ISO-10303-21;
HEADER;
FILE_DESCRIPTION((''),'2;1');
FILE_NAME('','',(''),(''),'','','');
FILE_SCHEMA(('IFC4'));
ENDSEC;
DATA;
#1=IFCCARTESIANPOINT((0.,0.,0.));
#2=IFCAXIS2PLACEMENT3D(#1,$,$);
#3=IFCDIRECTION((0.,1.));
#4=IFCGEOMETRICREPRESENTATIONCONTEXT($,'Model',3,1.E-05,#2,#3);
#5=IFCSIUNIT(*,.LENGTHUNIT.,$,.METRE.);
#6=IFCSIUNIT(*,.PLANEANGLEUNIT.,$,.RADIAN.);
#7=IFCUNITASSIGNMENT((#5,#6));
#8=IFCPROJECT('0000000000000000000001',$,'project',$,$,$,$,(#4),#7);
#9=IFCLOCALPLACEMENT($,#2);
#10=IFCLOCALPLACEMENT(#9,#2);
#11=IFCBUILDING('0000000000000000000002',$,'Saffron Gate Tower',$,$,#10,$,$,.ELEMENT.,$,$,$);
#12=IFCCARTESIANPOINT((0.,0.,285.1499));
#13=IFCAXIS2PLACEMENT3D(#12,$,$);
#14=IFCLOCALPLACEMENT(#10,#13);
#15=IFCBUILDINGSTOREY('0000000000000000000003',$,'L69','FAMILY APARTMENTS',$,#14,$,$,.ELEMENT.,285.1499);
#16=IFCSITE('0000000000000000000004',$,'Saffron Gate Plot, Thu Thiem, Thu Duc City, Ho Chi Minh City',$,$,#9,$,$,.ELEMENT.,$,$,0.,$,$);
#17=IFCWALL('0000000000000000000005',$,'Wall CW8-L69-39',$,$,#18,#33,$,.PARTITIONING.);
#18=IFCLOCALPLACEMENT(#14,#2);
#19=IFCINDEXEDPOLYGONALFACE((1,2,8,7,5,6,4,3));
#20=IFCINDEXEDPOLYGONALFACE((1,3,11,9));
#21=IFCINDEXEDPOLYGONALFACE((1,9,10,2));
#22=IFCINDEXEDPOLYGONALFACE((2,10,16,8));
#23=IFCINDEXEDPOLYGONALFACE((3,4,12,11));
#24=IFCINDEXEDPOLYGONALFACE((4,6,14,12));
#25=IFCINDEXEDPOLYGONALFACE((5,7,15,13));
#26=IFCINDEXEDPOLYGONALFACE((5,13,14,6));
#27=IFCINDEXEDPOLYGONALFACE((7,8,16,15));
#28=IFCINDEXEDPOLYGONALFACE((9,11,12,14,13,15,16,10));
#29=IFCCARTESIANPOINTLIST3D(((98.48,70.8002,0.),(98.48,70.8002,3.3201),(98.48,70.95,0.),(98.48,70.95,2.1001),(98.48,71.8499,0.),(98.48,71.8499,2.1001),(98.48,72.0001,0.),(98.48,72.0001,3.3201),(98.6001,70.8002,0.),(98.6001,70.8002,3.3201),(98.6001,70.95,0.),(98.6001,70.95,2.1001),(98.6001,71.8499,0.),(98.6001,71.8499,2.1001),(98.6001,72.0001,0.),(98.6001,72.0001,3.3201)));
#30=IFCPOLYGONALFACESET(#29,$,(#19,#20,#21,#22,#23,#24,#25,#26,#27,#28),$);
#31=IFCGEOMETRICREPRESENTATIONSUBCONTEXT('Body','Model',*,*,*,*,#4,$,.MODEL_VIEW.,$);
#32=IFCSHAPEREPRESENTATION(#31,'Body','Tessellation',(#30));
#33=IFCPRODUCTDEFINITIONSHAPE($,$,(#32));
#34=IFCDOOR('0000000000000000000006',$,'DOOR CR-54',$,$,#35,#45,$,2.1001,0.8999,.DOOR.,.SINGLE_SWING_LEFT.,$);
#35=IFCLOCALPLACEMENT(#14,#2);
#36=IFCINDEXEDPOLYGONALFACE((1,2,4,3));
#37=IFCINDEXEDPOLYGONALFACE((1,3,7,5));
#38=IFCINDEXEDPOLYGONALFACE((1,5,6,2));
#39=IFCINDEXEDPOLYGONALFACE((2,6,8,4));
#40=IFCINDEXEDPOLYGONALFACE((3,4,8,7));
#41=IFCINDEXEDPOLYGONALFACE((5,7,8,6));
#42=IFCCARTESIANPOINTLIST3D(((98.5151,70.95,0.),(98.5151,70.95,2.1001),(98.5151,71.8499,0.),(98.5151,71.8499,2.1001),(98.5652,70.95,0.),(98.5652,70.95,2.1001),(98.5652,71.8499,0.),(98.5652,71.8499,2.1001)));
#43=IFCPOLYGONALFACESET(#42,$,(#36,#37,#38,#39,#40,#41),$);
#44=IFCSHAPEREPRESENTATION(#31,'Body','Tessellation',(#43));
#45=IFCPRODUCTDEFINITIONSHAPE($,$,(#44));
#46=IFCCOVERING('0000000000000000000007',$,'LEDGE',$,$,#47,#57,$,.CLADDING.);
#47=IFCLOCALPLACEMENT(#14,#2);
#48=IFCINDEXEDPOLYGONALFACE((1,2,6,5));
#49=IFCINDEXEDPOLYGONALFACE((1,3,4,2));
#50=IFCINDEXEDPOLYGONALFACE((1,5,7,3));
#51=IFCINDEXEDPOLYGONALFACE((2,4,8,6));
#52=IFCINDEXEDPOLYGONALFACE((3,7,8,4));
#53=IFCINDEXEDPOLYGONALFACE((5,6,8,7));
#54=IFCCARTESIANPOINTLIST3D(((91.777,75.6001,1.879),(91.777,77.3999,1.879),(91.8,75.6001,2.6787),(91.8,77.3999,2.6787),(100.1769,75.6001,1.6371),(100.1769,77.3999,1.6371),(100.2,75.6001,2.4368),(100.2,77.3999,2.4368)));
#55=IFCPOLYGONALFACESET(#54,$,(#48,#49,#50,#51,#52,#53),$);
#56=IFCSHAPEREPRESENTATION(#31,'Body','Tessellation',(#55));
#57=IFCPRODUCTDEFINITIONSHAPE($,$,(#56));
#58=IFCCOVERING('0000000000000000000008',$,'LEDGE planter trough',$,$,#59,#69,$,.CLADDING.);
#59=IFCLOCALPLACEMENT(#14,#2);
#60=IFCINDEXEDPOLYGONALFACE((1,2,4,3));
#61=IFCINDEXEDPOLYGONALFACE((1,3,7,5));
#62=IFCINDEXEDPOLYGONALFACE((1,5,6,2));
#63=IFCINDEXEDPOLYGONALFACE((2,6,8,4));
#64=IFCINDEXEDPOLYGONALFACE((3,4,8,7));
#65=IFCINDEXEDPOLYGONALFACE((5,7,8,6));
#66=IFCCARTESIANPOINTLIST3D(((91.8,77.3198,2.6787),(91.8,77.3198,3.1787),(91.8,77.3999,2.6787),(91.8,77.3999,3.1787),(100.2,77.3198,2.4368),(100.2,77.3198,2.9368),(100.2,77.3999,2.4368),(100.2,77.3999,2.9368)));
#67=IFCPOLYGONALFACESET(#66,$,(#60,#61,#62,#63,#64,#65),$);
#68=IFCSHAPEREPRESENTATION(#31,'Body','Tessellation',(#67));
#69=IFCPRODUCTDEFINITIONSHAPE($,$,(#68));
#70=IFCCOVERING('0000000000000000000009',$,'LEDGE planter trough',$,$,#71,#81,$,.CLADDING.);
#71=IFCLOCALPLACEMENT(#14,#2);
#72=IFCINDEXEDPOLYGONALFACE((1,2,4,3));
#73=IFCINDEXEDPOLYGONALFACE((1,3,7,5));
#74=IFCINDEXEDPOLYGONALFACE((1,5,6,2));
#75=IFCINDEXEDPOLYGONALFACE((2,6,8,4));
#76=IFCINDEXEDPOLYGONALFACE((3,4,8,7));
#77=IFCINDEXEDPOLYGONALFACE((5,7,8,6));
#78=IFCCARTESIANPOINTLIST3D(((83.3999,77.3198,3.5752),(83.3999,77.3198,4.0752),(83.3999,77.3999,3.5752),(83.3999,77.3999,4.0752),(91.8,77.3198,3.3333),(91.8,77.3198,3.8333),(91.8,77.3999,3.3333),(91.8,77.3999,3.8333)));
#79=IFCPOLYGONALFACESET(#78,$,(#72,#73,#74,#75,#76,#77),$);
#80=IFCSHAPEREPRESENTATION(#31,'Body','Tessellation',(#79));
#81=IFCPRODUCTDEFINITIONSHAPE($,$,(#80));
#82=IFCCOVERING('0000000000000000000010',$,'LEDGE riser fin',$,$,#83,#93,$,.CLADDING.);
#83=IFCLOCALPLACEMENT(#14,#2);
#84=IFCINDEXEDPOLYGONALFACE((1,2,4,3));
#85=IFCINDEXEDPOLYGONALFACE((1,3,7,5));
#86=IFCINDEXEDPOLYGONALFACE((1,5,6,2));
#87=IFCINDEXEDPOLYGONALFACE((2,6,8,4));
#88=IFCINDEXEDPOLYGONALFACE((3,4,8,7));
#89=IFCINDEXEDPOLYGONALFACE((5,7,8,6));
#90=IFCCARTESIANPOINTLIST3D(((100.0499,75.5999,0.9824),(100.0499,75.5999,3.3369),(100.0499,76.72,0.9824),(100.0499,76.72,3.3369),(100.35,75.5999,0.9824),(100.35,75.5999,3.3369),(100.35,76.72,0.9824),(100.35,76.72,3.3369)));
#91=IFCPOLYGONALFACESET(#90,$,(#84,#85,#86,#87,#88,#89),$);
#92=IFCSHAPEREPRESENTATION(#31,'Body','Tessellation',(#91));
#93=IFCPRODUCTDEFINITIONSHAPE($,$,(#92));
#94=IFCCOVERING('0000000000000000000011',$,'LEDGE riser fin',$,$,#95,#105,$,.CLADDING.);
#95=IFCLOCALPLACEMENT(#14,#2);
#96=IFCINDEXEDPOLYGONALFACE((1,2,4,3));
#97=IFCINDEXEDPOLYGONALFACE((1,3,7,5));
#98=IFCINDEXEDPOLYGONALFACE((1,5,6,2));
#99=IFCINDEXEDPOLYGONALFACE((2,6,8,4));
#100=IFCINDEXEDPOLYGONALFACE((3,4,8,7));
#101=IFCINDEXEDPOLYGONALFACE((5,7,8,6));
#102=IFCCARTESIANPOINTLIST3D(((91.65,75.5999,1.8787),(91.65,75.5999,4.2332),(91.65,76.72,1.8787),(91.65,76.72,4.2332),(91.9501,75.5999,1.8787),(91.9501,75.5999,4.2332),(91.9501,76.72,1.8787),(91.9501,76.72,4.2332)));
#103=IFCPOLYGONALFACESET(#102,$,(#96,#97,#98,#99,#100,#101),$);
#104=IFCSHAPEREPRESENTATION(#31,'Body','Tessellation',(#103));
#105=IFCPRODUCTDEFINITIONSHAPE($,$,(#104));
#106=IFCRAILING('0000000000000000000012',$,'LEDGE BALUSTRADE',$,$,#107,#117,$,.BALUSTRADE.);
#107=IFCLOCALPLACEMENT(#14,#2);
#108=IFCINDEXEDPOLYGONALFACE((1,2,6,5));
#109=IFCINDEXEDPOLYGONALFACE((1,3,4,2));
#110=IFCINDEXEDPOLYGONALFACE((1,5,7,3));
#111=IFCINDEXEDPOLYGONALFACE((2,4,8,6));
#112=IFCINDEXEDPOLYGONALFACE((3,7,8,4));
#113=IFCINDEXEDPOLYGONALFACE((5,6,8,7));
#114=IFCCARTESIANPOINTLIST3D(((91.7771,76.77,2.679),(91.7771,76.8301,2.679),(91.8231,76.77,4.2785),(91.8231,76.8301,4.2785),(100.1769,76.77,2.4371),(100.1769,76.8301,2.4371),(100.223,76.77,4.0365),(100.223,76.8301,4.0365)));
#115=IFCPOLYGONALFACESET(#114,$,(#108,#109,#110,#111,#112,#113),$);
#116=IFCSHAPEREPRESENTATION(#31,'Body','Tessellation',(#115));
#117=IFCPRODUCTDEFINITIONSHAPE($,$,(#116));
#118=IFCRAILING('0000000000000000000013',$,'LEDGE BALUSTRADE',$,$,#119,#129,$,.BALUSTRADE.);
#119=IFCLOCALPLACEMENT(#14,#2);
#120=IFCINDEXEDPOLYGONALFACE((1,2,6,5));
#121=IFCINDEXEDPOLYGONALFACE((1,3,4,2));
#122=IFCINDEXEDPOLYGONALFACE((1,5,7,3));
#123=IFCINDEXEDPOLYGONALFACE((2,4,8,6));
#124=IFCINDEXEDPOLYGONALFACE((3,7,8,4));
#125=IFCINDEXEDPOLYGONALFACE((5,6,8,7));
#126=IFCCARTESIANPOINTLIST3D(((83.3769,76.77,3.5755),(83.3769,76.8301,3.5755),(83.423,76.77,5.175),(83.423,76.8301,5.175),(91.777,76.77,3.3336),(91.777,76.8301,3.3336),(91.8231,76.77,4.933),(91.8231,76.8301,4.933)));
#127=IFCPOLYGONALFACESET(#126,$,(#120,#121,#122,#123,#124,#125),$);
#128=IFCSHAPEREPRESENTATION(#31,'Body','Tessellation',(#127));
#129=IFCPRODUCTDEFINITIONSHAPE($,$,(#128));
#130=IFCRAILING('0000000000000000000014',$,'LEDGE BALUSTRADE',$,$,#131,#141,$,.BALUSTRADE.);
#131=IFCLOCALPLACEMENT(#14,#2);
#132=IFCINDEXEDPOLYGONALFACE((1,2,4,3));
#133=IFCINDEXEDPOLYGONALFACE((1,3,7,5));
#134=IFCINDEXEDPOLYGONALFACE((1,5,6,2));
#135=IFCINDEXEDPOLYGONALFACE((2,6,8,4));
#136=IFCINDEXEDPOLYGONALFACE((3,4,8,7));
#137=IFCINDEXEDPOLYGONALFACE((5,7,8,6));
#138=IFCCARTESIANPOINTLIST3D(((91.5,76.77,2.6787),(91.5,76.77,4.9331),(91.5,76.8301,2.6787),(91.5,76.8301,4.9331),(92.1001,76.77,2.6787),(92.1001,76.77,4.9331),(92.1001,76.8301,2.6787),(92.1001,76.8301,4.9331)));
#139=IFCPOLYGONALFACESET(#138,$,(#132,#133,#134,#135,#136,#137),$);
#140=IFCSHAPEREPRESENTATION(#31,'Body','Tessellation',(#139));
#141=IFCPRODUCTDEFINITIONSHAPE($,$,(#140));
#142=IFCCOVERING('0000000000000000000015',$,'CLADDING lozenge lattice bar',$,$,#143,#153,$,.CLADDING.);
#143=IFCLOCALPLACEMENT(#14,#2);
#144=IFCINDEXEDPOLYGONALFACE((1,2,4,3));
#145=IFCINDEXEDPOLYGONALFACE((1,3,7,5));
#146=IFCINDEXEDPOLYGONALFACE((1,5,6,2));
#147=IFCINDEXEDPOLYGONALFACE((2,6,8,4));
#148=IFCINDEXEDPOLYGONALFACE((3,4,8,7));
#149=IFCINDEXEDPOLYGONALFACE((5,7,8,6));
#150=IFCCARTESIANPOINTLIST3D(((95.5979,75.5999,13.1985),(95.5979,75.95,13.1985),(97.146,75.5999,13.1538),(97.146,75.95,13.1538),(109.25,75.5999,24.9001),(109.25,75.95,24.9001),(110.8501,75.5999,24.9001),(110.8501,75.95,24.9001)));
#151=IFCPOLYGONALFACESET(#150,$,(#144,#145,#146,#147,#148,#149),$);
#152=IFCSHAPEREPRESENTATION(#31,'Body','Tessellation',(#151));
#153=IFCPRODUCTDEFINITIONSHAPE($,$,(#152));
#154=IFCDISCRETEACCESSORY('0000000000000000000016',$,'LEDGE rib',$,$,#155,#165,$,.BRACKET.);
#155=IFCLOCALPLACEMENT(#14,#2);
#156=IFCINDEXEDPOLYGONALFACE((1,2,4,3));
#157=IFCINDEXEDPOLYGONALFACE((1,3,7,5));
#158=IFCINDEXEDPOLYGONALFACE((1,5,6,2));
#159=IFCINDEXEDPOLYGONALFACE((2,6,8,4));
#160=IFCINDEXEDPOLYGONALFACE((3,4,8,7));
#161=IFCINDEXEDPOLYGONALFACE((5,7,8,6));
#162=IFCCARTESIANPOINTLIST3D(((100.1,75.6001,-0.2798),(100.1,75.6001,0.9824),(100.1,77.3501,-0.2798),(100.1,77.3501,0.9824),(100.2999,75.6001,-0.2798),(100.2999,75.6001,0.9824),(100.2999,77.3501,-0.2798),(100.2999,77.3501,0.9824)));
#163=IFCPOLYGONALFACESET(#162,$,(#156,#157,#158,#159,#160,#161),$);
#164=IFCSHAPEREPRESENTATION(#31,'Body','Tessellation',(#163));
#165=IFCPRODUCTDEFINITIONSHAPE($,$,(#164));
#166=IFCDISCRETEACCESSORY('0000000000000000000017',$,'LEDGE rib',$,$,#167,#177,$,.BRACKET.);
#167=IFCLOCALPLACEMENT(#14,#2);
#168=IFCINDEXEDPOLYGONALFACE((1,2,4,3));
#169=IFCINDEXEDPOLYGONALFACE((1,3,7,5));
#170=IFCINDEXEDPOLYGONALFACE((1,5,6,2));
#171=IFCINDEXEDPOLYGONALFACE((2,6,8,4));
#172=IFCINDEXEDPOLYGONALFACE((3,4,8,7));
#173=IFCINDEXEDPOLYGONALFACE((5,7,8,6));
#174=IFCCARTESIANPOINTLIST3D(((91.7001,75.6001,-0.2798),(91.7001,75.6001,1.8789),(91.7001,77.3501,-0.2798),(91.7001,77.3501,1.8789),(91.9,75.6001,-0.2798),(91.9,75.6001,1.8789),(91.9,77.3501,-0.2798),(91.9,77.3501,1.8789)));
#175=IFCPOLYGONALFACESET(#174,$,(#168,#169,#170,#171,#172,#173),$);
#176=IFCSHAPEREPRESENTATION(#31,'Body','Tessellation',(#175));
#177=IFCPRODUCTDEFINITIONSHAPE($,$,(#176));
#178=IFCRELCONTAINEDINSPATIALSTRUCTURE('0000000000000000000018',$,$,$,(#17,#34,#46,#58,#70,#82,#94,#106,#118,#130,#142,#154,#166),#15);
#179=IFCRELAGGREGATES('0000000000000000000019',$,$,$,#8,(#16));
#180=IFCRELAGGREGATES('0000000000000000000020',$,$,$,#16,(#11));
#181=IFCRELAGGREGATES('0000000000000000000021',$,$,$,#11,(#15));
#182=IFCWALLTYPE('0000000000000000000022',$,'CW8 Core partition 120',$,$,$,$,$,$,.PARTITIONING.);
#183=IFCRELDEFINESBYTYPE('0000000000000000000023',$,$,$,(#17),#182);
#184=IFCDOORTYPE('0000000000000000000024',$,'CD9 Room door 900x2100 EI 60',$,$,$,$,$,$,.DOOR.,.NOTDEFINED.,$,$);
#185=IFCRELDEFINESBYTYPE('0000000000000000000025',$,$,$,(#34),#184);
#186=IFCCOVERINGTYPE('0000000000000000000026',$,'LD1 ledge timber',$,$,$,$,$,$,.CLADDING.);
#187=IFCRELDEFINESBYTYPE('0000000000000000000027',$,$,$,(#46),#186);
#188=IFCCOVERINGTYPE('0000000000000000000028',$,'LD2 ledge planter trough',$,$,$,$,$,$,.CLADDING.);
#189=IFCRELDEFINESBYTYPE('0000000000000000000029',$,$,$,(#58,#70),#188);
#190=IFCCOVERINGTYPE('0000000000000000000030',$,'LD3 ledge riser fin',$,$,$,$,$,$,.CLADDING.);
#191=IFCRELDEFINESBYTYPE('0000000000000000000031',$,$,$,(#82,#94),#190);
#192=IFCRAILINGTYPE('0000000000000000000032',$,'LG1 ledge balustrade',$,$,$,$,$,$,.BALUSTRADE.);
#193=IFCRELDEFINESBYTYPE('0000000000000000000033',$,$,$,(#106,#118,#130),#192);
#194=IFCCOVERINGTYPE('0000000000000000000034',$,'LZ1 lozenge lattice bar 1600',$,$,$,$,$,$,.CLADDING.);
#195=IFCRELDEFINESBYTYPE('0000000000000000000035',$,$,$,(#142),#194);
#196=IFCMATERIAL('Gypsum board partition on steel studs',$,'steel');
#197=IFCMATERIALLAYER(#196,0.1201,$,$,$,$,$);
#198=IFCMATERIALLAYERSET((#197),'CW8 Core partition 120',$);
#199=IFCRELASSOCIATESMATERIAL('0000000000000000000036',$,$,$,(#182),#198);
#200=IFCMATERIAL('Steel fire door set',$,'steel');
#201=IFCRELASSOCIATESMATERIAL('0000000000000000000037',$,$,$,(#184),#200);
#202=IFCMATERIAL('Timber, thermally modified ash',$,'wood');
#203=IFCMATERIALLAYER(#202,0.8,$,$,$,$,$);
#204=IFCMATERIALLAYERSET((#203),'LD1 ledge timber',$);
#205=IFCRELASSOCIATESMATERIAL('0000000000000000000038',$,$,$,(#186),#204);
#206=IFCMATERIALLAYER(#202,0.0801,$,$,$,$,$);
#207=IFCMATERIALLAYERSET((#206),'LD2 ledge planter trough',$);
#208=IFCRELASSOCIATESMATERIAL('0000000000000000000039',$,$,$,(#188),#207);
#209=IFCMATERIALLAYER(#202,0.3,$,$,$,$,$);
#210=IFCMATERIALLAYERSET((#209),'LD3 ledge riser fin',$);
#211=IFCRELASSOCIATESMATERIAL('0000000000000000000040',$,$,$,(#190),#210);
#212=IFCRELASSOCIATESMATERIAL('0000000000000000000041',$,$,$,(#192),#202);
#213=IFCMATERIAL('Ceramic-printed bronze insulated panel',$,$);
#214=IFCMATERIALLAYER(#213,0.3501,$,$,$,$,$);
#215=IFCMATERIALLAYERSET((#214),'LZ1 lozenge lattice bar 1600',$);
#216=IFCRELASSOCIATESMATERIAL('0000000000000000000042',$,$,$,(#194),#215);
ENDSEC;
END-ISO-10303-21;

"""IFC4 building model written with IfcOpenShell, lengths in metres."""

from ifc_helpers import new_model, si_unit, direction, frame, frame_2d, origin, origin_2d, place, context, subcontext, project, spatial, polyline, rectangle, outline, extrude, material, layer, layer_set, type_object, element, fill, save


model = new_model("IFC4")

# Units and contexts
model_context = context("Model", 3, precision=1e-05, world=origin(), true_north=direction((0.0, 1.0)))
body_context = subcontext(model_context, "Body", "Model", "MODEL_VIEW")
ifc_project = project(units=[si_unit("LENGTHUNIT", "METRE"), si_unit("PLANEANGLEUNIT", "RADIAN")], contexts=[model_context])

# Site, building, storey
site_placement = place(None, origin())
site = spatial("IfcSite", under=ifc_project, at=site_placement, Name="Saffron Gate Plot, Thu Thiem, Thu Duc City, Ho Chi Minh City", CompositionType="ELEMENT", RefElevation=0.0)
building_placement = place(site_placement, origin())
building = spatial("IfcBuilding", under=site, at=building_placement, Name="Saffron Gate Tower", CompositionType="ELEMENT")
storey_placement = place(building_placement, frame((0.0, 0.0, 285.1499)))
storey = spatial("IfcBuildingStorey", under=building, at=storey_placement, Name="L69", Description="FAMILY APARTMENTS", CompositionType="ELEMENT", Elevation=285.1499)

# Shared definitions
ifc_material_1 = material(Name="Steel fire door set", Category="steel")

# Wall, opening, door
ifc_material_2 = material(Name="Gypsum board partition on steel studs", Category="steel")
ifc_layer_1 = layer(ifc_material_2, 0.1201)
ifc_layer_set_1 = layer_set([ifc_layer_1], Name="CW8 Core partition 120")
wall_type_1 = type_object("IfcWallType", Name="CW8 Core partition 120", PredefinedType="PARTITIONING", material=ifc_layer_set_1)
wall_1_placement = place(storey_placement, frame((98.54, 70.8, 0.0), z_axis=(0.0, 0.0, 1.0), x_axis=(0.0, 1.0, 0.0)))
wall_1 = element("IfcWall", 1, at=wall_1_placement, inside=storey, type_object=wall_type_1, Name="Wall CW8-L69-39", PredefinedType="PARTITIONING", context=body_context, shape_type="SweptSolid", body=[
    extrude(rectangle(XDim=1.2, YDim=0.1201, at=frame_2d((0.6001, 0.0))), origin(), (0.0, 0.0, 1.0), 3.3201),
])
opening_1_placement = place(wall_1_placement, frame((0.1499, 0.0, 0.0)))
opening_1 = element("IfcOpeningElement", 2, at=opening_1_placement, cuts=wall_1, PredefinedType="OPENING", context=body_context, shape_type="SweptSolid", body=[
    extrude(rectangle(XDim=0.8999, YDim=2.1001, at=frame_2d((0.45, 1.05))), frame((0.0, 0.0701, 0.0), z_axis=(0.0, -1.0, 0.0), x_axis=(1.0, 0.0, 0.0)), (0.0, 0.0, 1.0), 0.1401),
])
door_type_1 = type_object("IfcDoorType", Name="CD9 Room door 900x2100 EI 60", OperationType="NOTDEFINED", PredefinedType="DOOR", material=ifc_material_1)
door_1_placement = place(opening_1_placement, origin())
door_1 = element("IfcDoor", 3, at=door_1_placement, inside=storey, type_object=door_type_1, Name="DOOR CR-54", OperationType="SINGLE_SWING_LEFT", OverallHeight=2.1001, OverallWidth=0.8999, PredefinedType="DOOR", context=body_context, shape_type="SweptSolid", body=[
    extrude(rectangle(XDim=0.8999, YDim=2.1001, at=frame_2d((0.45, 1.05))), frame((0.0, 0.0249, 0.0), z_axis=(0.0, -1.0, 0.0), x_axis=(1.0, 0.0, 0.0)), (0.0, 0.0, 1.0), 0.05),
])
fill(opening_1, door_1)

# Coverings
ifc_material_3 = material(Name="Timber, thermally modified ash", Category="wood")
ifc_layer_2 = layer(ifc_material_3, 0.8)
ifc_layer_set_2 = layer_set([ifc_layer_2], Name="LD1 ledge timber")
covering_type_1 = type_object("IfcCoveringType", Name="LD1 ledge timber", PredefinedType="CLADDING", material=ifc_layer_set_2)
covering_1_placement = place(storey_placement, frame((100.2, 75.6001, 2.4368), z_axis=(0.028791, 0.0, 0.999585), x_axis=(-0.999585, 0.0, 0.028791)))
element("IfcCovering", 4, at=covering_1_placement, inside=storey, type_object=covering_type_1, Name="LEDGE", PredefinedType="CLADDING", context=body_context, shape_type="SweptSolid", body=[
    extrude(outline(polyline([(0.0, 0.0), (8.4034, 0.0), (8.4034, -1.7998), (0.0, -1.7998), (0.0, 0.0)])), origin(), (0.0, 0.0, -1.0), 0.8),
])
ifc_layer_3 = layer(ifc_material_3, 0.0801)
ifc_layer_set_3 = layer_set([ifc_layer_3], Name="LD2 ledge planter trough")
covering_type_2 = type_object("IfcCoveringType", Name="LD2 ledge planter trough", PredefinedType="CLADDING", material=ifc_layer_set_3)
covering_2_placement = place(storey_placement, frame((100.2, 77.3999, 2.4368), z_axis=(0.0, 1.0, 0.0), x_axis=(-0.999585, 0.0, 0.028791)))
element("IfcCovering", 5, at=covering_2_placement, inside=storey, type_object=covering_type_2, Name="LEDGE planter trough", PredefinedType="CLADDING", context=body_context, shape_type="SweptSolid", body=[
    extrude(outline(polyline([(0.0, 0.0), (8.4034, 0.0), (8.4178, 0.4998), (0.0144, 0.4998), (0.0, 0.0)])), origin(), (0.0, 0.0, -1.0), 0.0801),
])
covering_3_placement = place(storey_placement, frame((91.8, 77.3999, 3.3333), z_axis=(0.0, 1.0, 0.0), x_axis=(-0.999585, 0.0, 0.02879)))
element("IfcCovering", 6, at=covering_3_placement, inside=storey, type_object=covering_type_2, Name="LEDGE planter trough", PredefinedType="CLADDING", context=body_context, shape_type="SweptSolid", body=[
    extrude(outline(polyline([(0.0, 0.0), (8.4036, 0.0), (8.418, 0.4998), (0.0144, 0.4998), (0.0, 0.0)])), origin(), (0.0, 0.0, -1.0), 0.0801),
])
ifc_layer_4 = layer(ifc_material_3, 0.3)
ifc_layer_set_4 = layer_set([ifc_layer_4], Name="LD3 ledge riser fin")
covering_type_3 = type_object("IfcCoveringType", Name="LD3 ledge riser fin", PredefinedType="CLADDING", material=ifc_layer_set_4)
for number, where, z_axis, x_axis, name in (
    (7, (100.2, 76.1599, 0.9824), (0.0, 0.0, 1.0), (-1.0, 0.0, 0.0), "LEDGE riser fin"),
    (8, (91.8, 76.1599, 1.8787), (0.0, 0.0, 1.0), (-1.0, 0.0, 0.0), "LEDGE riser fin"),
):
    element("IfcCovering", number, at=place(storey_placement, frame(where, z_axis=z_axis, x_axis=x_axis)), inside=storey, type_object=covering_type_3, Name=name, PredefinedType="CLADDING", context=body_context, shape_type="SweptSolid", body=[
        extrude(rectangle(XDim=0.3, YDim=1.1201, at=origin_2d()), origin(), (0.0, 0.0, 1.0), 2.3545),
    ])

# Railings
railing_type = type_object("IfcRailingType", Name="LG1 ledge balustrade", PredefinedType="BALUSTRADE", material=ifc_material_3)
railing_1_placement = place(storey_placement, frame((100.2, 76.8, 2.4368)))
element("IfcRailing", 9, at=railing_1_placement, inside=storey, type_object=railing_type, Name="LEDGE BALUSTRADE", PredefinedType="BALUSTRADE", context=body_context, shape_type="SweptSolid", body=[
    extrude(rectangle(XDim=0.0601, YDim=1.6001, at=origin_2d()), frame((0.0, 0.0, 0.8), z_axis=(-0.999585, 0.0, 0.028791), x_axis=(0.0, -1.0, 0.0)), (0.0, 0.0, 1.0), 8.4033),
])
railing_2_placement = place(storey_placement, frame((91.8, 76.8, 3.3333)))
element("IfcRailing", 10, at=railing_2_placement, inside=storey, type_object=railing_type, Name="LEDGE BALUSTRADE", PredefinedType="BALUSTRADE", context=body_context, shape_type="SweptSolid", body=[
    extrude(rectangle(XDim=0.0601, YDim=1.6001, at=origin_2d()), frame((0.0, 0.0, 0.8), z_axis=(-0.999585, 0.0, 0.02879), x_axis=(0.0, -1.0, 0.0)), (0.0, 0.0, 1.0), 8.4036),
])
railing_3_placement = place(storey_placement, frame((92.1001, 76.8, 2.6787)))
element("IfcRailing", 11, at=railing_3_placement, inside=storey, type_object=railing_type, Name="LEDGE BALUSTRADE", PredefinedType="BALUSTRADE", context=body_context, shape_type="SweptSolid", body=[
    extrude(rectangle(XDim=0.0601, YDim=2.2544, at=origin_2d()), frame((0.0, 0.0, 1.1272), z_axis=(-1.0, 0.0, 0.0), x_axis=(0.0, -1.0, 0.0)), (0.0, 0.0, 1.0), 0.6001),
])

# Covering
ifc_material_4 = material(Name="Ceramic-printed bronze insulated panel")
ifc_layer_5 = layer(ifc_material_4, 0.3501)
ifc_layer_set_5 = layer_set([ifc_layer_5], Name="LZ1 lozenge lattice bar 1600")
covering_type_4 = type_object("IfcCoveringType", Name="LZ1 lozenge lattice bar 1600", PredefinedType="CLADDING", material=ifc_layer_set_5)
covering_4_placement = place(storey_placement, frame((97.146, 75.95, 13.1538), z_axis=(0.0, 1.0, 0.0), x_axis=(-0.999584, 0.0, 0.028848)))
element("IfcCovering", 12, at=covering_4_placement, inside=storey, type_object=covering_type_4, Name="CLADDING lozenge lattice bar", PredefinedType="CLADDING", context=body_context, shape_type="SweptSolid", body=[
    extrude(outline(polyline([(0.0, 0.0), (1.5487, 0.0), (-11.7601, 12.0906), (-13.3595, 12.1368), (0.0, 0.0)])), origin(), (0.0, 0.0, -1.0), 0.3501),
])

# Discrete accessories
discrete_accessory_1_placement = place(storey_placement, frame((100.2, 76.4751, -0.2798), z_axis=(0.0, 0.0, 1.0), x_axis=(-1.0, 0.0, 0.0)))
element("IfcDiscreteAccessory", 13, at=discrete_accessory_1_placement, inside=storey, Name="LEDGE rib", PredefinedType="BRACKET", context=body_context, shape_type="SweptSolid", body=[
    extrude(rectangle(XDim=0.2, YDim=1.75, at=origin_2d()), origin(), (0.0, 0.0, 1.0), 1.2622),
])
discrete_accessory_2_placement = place(storey_placement, frame((91.8, 76.4751, -0.2798), z_axis=(0.0, 0.0, 1.0), x_axis=(-1.0, 0.0, 0.0)))
element("IfcDiscreteAccessory", 14, at=discrete_accessory_2_placement, inside=storey, Name="LEDGE rib", PredefinedType="BRACKET", context=body_context, shape_type="SweptSolid", body=[
    extrude(rectangle(XDim=0.2, YDim=1.75, at=origin_2d()), origin(), (0.0, 0.0, 1.0), 2.1587),
])

save(model, "model.ifc")
